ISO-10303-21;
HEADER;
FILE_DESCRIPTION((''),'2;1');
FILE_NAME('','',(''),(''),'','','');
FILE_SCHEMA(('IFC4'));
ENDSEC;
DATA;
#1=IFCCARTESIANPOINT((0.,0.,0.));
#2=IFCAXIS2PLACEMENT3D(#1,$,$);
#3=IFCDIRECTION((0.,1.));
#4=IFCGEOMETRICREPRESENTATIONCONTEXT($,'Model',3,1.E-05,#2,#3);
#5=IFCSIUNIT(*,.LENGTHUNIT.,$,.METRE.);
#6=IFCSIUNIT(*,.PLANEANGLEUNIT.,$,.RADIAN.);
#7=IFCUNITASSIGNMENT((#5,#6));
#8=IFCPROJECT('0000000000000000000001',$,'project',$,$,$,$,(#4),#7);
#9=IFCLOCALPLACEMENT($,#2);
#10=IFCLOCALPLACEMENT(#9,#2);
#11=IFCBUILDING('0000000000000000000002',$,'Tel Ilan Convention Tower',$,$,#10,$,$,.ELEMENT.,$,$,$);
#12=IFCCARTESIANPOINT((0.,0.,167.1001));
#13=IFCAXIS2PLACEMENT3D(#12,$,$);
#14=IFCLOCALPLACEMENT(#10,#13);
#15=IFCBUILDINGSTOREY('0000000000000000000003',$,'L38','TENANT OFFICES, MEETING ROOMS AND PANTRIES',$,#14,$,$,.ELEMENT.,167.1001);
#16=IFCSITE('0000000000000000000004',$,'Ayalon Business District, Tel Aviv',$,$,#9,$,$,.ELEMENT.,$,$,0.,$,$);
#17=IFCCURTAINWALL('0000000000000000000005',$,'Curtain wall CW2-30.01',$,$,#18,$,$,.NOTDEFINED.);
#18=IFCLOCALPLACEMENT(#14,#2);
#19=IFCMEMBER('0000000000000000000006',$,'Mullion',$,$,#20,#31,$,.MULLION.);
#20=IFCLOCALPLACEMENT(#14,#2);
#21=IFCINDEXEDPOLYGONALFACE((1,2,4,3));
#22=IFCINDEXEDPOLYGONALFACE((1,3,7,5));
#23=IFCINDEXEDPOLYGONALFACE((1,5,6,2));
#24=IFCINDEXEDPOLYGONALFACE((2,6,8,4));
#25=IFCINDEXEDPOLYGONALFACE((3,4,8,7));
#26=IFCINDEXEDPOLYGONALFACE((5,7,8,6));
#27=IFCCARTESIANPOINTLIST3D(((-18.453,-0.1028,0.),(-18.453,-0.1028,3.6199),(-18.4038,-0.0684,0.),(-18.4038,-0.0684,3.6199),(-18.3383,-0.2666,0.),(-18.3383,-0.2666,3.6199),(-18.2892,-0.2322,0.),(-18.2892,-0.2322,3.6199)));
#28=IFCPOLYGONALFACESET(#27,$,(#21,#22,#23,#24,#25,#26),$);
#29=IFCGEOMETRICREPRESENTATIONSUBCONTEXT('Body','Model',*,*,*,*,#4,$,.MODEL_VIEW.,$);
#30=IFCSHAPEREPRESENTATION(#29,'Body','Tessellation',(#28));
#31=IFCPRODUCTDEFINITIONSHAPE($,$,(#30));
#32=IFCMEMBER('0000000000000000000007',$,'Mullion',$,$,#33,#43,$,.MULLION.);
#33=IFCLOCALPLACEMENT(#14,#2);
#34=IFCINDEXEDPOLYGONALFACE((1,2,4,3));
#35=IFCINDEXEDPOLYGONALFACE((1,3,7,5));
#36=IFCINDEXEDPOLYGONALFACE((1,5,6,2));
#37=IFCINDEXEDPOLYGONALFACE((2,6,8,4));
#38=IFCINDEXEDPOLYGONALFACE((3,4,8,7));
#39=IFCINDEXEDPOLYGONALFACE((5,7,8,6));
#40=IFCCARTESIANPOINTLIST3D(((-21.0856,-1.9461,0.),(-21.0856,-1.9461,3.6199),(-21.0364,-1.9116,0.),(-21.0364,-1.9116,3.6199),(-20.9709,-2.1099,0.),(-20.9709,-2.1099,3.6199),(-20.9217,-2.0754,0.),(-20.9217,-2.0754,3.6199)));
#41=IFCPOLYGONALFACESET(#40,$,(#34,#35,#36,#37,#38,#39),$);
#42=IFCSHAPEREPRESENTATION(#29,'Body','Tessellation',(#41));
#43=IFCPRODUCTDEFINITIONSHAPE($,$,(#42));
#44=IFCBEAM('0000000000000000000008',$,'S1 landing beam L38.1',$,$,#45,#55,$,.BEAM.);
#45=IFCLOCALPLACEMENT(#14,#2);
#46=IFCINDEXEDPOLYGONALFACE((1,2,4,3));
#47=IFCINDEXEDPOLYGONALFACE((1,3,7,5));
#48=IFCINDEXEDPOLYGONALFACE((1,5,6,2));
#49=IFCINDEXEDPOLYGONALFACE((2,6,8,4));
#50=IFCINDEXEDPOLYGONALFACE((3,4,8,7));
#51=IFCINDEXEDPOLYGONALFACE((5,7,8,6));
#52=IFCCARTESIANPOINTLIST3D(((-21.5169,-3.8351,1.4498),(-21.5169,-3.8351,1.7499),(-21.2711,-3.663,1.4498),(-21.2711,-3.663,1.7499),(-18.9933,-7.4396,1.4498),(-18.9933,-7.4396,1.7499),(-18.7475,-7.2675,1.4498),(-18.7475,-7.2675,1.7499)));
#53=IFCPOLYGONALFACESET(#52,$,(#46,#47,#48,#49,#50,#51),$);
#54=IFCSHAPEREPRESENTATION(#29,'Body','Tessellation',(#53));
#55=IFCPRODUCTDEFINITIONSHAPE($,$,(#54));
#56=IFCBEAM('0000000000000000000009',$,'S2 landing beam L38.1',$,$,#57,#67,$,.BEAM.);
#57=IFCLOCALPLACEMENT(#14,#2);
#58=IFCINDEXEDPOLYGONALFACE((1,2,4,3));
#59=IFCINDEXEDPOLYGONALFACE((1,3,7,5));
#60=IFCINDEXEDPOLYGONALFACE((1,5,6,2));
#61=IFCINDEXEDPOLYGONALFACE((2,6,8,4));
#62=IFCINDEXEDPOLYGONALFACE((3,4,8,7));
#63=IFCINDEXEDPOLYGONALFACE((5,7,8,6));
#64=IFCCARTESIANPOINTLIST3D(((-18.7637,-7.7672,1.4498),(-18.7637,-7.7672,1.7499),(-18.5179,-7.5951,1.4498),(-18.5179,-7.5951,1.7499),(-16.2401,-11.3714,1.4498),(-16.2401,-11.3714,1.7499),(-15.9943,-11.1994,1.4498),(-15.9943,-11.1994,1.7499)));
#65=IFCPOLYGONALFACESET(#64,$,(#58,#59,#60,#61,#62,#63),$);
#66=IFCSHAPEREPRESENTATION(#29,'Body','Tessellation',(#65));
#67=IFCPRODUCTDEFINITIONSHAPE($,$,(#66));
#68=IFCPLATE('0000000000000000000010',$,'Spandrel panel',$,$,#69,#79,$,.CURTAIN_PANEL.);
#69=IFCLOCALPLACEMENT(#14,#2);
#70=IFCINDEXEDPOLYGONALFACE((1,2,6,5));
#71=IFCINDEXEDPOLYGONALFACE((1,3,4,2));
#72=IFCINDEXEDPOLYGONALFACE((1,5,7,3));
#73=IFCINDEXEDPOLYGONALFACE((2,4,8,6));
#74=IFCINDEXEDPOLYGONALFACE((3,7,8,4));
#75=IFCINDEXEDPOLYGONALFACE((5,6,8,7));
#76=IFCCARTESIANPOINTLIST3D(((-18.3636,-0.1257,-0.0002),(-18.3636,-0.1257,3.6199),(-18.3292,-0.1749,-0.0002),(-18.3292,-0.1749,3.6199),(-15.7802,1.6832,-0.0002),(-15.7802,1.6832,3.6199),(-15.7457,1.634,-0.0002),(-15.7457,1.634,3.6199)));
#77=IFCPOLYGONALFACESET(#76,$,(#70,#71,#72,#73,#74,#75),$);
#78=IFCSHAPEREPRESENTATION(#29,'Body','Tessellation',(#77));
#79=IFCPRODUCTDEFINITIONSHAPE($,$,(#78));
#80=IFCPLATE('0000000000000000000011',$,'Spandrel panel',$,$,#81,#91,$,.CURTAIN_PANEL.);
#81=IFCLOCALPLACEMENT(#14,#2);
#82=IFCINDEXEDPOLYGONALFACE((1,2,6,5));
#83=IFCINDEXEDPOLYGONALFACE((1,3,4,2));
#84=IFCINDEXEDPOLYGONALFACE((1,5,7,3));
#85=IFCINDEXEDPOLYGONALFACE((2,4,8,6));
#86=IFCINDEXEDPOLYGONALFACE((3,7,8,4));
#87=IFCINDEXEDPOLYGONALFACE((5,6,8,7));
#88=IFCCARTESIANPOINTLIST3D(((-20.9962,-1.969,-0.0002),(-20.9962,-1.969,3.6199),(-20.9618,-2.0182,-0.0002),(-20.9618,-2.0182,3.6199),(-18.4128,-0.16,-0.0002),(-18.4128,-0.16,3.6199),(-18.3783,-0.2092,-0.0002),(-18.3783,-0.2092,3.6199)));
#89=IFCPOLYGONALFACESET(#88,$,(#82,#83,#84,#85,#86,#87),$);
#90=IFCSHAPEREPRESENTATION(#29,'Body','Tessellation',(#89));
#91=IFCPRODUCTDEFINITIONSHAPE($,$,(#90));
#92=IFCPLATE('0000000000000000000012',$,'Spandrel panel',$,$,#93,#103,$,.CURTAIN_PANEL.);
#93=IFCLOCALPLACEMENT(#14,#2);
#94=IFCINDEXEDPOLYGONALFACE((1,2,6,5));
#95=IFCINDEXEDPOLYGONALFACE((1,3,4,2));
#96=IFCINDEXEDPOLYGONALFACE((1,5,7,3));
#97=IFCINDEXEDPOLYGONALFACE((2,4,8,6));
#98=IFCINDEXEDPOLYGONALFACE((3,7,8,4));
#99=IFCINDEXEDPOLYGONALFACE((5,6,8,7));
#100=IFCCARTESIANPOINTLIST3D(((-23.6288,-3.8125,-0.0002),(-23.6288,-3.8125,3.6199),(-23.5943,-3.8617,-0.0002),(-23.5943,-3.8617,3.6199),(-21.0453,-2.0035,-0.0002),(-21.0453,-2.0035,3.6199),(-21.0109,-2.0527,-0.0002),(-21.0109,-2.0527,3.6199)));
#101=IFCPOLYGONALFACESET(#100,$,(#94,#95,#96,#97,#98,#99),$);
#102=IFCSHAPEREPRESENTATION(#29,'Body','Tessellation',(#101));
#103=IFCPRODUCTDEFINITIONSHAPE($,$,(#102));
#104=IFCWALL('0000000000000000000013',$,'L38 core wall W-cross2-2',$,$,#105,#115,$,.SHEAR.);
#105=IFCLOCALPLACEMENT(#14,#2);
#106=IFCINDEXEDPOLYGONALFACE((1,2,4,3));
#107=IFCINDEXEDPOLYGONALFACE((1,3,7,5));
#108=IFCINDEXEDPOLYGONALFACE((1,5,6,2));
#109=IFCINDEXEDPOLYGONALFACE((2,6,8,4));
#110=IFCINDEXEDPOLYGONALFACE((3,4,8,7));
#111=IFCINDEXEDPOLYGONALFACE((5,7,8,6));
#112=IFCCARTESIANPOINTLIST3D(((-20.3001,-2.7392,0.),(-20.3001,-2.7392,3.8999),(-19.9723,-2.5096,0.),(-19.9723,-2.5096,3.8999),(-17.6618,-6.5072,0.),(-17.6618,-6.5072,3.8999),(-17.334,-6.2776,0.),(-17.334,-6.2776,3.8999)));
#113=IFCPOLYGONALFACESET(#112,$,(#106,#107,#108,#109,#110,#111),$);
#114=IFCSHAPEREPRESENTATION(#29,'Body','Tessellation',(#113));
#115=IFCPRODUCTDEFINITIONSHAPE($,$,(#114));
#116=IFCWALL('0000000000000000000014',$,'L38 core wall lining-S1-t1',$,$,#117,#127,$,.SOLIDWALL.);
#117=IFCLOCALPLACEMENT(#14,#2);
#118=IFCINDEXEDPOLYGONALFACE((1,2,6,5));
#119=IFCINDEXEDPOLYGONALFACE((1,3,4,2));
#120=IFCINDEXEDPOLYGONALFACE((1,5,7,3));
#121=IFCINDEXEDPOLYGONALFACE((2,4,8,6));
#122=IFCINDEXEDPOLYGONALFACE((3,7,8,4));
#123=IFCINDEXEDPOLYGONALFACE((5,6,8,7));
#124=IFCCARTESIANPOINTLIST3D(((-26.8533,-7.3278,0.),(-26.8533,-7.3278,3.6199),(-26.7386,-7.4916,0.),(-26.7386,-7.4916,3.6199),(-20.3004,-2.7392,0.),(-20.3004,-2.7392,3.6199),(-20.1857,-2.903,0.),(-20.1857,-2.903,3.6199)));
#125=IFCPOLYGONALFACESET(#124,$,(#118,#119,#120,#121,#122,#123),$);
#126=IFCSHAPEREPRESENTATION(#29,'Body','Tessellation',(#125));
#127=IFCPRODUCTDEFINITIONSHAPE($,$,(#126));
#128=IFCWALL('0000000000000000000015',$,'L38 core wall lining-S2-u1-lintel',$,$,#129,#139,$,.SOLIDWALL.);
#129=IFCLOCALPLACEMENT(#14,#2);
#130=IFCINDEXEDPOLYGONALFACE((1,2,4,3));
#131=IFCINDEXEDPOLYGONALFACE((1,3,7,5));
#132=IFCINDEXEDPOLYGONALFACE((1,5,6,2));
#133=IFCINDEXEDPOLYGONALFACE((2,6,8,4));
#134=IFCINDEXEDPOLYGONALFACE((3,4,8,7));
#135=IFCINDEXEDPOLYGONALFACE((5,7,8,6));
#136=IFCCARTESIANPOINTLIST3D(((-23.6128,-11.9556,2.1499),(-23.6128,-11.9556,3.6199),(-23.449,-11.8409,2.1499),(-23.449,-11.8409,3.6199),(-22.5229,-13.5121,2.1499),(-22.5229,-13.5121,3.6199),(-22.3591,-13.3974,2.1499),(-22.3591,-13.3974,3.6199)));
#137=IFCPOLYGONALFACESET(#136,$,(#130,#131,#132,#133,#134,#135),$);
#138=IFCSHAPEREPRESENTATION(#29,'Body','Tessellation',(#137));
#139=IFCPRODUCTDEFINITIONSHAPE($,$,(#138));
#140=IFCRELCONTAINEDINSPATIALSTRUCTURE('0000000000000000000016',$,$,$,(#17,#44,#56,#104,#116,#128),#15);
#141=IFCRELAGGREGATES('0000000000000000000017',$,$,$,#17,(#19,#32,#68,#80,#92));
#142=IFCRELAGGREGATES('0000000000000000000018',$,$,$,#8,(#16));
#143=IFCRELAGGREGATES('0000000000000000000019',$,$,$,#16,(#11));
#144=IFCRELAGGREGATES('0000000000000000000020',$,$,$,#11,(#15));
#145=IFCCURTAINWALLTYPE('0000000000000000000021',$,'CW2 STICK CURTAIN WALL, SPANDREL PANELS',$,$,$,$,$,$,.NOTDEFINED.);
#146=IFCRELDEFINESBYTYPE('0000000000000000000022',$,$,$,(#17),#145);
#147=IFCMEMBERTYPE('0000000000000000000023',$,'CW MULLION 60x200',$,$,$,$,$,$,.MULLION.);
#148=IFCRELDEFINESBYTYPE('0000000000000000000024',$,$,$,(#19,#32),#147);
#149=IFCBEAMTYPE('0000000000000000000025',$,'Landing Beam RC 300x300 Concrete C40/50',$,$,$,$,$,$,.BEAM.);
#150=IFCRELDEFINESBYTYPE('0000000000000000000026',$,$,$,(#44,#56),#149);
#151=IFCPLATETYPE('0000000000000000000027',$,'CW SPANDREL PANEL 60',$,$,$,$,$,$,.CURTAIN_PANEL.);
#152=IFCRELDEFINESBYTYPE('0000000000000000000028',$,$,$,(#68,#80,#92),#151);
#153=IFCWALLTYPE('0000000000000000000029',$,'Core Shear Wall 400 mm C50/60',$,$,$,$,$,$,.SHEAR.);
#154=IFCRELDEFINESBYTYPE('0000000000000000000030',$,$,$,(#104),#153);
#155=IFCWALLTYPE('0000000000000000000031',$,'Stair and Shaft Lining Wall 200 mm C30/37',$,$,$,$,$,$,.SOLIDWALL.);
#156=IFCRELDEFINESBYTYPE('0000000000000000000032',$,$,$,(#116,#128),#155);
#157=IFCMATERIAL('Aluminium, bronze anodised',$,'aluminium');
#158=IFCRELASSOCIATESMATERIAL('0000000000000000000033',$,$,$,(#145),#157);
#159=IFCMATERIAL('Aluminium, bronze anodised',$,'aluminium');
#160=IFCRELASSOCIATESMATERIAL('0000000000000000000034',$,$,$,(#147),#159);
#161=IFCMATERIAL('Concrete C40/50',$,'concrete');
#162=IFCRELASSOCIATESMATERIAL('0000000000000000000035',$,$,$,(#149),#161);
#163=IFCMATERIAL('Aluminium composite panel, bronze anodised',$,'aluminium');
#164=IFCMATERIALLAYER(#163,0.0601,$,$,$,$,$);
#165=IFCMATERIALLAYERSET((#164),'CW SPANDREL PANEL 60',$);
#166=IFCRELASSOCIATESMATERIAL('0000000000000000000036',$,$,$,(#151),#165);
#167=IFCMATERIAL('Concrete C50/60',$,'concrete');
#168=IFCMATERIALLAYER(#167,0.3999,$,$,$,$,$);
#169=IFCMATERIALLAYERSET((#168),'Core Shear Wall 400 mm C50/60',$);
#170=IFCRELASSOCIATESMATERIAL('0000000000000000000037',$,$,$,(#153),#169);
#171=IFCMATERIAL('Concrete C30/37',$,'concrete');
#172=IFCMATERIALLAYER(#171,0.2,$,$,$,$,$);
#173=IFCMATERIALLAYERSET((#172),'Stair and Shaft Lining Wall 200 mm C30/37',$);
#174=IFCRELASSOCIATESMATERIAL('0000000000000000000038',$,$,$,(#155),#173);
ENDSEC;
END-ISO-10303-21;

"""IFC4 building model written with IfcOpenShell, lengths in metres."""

from ifc_helpers import new_model, si_unit, direction, frame, frame_2d, origin, origin_2d, place, context, subcontext, project, spatial, polyline, rectangle, outline, extrude, material, layer, layer_set, material_profile, profile_set, type_object, element, aggregate, save


model = new_model("IFC4")

# Units and contexts
model_context = context("Model", 3, precision=1e-05, world=origin(), true_north=direction((0.0, 1.0)))
body_context = subcontext(model_context, "Body", "Model", "MODEL_VIEW")
ifc_project = project(units=[si_unit("LENGTHUNIT", "METRE"), si_unit("PLANEANGLEUNIT", "RADIAN")], contexts=[model_context])

# Site, building, storey
site_placement = place(None, origin())
site = spatial("IfcSite", under=ifc_project, at=site_placement, Name="Ayalon Business District, Tel Aviv", CompositionType="ELEMENT", RefElevation=0.0)
building_placement = place(site_placement, origin())
building = spatial("IfcBuilding", under=site, at=building_placement, Name="Tel Ilan Convention Tower", CompositionType="ELEMENT")
storey_placement = place(building_placement, frame((0.0, 0.0, 167.1001)))
storey = spatial("IfcBuildingStorey", under=building, at=storey_placement, Name="L38", Description="TENANT OFFICES, MEETING ROOMS AND PANTRIES", CompositionType="ELEMENT", Elevation=167.1001)

# Curtain wall, members
ifc_material_1 = material(Name="Aluminium, bronze anodised", Category="aluminium")
curtain_wall_type = type_object("IfcCurtainWallType", Name="CW2 STICK CURTAIN WALL, SPANDREL PANELS", PredefinedType="NOTDEFINED", material=ifc_material_1)
curtain_wall_placement = place(storey_placement, origin())
curtain_wall = element("IfcCurtainWall", 1, at=curtain_wall_placement, inside=storey, type_object=curtain_wall_type, Name="Curtain wall CW2-30.01", PredefinedType="NOTDEFINED")
ifc_material_2 = material(Name="Aluminium, bronze anodised", Category="aluminium")
ifc_material_profile_1 = material_profile(ifc_material_2, rectangle(XDim=0.0601, YDim=0.2, at=origin_2d()), Name="CW MULLION 60x200")
ifc_profile_set_1 = profile_set([ifc_material_profile_1], Name="Aluminium, bronze anodised")
member_type = type_object("IfcMemberType", Name="CW MULLION 60x200", PredefinedType="MULLION", material=ifc_profile_set_1)
member_1_placement = place(storey_placement, frame((-18.3711, -0.1675, 0.0), z_axis=(0.0, 0.0, 1.0), x_axis=(-0.819152, -0.573576, 0.0)))
member_1 = element("IfcMember", 2, at=member_1_placement, type_object=member_type, Name="Mullion", PredefinedType="MULLION", context=body_context, shape_type="SweptSolid", body=[
    extrude(rectangle(XDim=0.0601, YDim=0.2, at=origin_2d()), origin(), (0.0, 0.0, 1.0), 3.6199),
])
member_2_placement = place(storey_placement, frame((-21.0037, -2.0107, 0.0), z_axis=(0.0, 0.0, 1.0), x_axis=(-0.819152, -0.573576, 0.0)))
member_2 = element("IfcMember", 3, at=member_2_placement, type_object=member_type, Name="Mullion", PredefinedType="MULLION", context=body_context, shape_type="SweptSolid", body=[
    extrude(rectangle(XDim=0.0601, YDim=0.2, at=origin_2d()), origin(), (0.0, 0.0, 1.0), 3.6199),
])

# Beams
ifc_material_3 = material(Name="Concrete C40/50", Category="concrete")
ifc_material_profile_2 = material_profile(ifc_material_3, rectangle(XDim=0.3, YDim=0.3, at=origin_2d()), Name="RC 300x300")
ifc_profile_set_2 = profile_set([ifc_material_profile_2], Name="Concrete C40/50")
beam_type = type_object("IfcBeamType", Name="Landing Beam RC 300x300 Concrete C40/50", PredefinedType="BEAM", material=ifc_profile_set_2)
beam_1_placement = place(storey_placement, frame((-18.8704, -7.3535, 1.5999), z_axis=(-0.573544, 0.819175, 0.0), x_axis=(-0.819175, -0.573544, 0.0)))
element("IfcBeam", 4, at=beam_1_placement, inside=storey, type_object=beam_type, Name="S1 landing beam L38.1", PredefinedType="BEAM", context=body_context, shape_type="SweptSolid", body=[
    extrude(rectangle(XDim=0.3, YDim=0.3, at=origin_2d()), origin(), (0.0, 0.0, 1.0), 4.4001),
])
beam_2_placement = place(storey_placement, frame((-16.1172, -11.2854, 1.5999), z_axis=(-0.57357, 0.819156, 0.0), x_axis=(-0.819156, -0.57357, 0.0)))
element("IfcBeam", 5, at=beam_2_placement, inside=storey, type_object=beam_type, Name="S2 landing beam L38.1", PredefinedType="BEAM", context=body_context, shape_type="SweptSolid", body=[
    extrude(rectangle(XDim=0.3, YDim=0.3, at=origin_2d()), origin(), (0.0, 0.0, 1.0), 4.3999),
])

# Plates
ifc_material_4 = material(Name="Aluminium composite panel, bronze anodised", Category="aluminium")
ifc_layer_1 = layer(ifc_material_4, 0.0601)
ifc_layer_set_1 = layer_set([ifc_layer_1], Name="CW SPANDREL PANEL 60")
plate_type = type_object("IfcPlateType", Name="CW SPANDREL PANEL 60", PredefinedType="CURTAIN_PANEL", material=ifc_layer_set_1)
plate_1_placement = place(storey_placement, frame((-17.0547, 0.7542, -0.0002), z_axis=(0.0, 0.0, 1.0), x_axis=(-0.819152, -0.573576, 0.0)))
plate_1 = element("IfcPlate", 6, at=plate_1_placement, type_object=plate_type, Name="Spandrel panel", PredefinedType="CURTAIN_PANEL", context=body_context, shape_type="SweptSolid", body=[
    extrude(rectangle(XDim=3.1538, YDim=0.0601, at=origin_2d()), origin(), (0.0, 0.0, 1.0), 3.6201),
])
plate_2_placement = place(storey_placement, frame((-19.6873, -1.0891, -0.0002), z_axis=(0.0, 0.0, 1.0), x_axis=(-0.819152, -0.573576, 0.0)))
plate_2 = element("IfcPlate", 7, at=plate_2_placement, type_object=plate_type, Name="Spandrel panel", PredefinedType="CURTAIN_PANEL", context=body_context, shape_type="SweptSolid", body=[
    extrude(rectangle(XDim=3.1538, YDim=0.0601, at=origin_2d()), origin(), (0.0, 0.0, 1.0), 3.6201),
])
plate_3_placement = place(storey_placement, frame((-22.3198, -2.9326, -0.0002), z_axis=(0.0, 0.0, 1.0), x_axis=(-0.819152, -0.573576, 0.0)))
plate_3 = element("IfcPlate", 8, at=plate_3_placement, type_object=plate_type, Name="Spandrel panel", PredefinedType="CURTAIN_PANEL", context=body_context, shape_type="SweptSolid", body=[
    extrude(rectangle(XDim=3.1538, YDim=0.0601, at=origin_2d()), origin(), (0.0, 0.0, 1.0), 3.6201),
])
aggregate(curtain_wall, [member_1, member_2, plate_1, plate_2, plate_3])

# Walls
ifc_material_5 = material(Name="Concrete C50/60", Category="concrete")
ifc_layer_2 = layer(ifc_material_5, 0.3999)
ifc_layer_set_2 = layer_set([ifc_layer_2], Name="Core Shear Wall 400 mm C50/60")
wall_type_1 = type_object("IfcWallType", Name="Core Shear Wall 400 mm C50/60", PredefinedType="SHEAR", material=ifc_layer_set_2)
wall_1_placement = place(storey_placement, frame((-17.4978, -6.3923, 0.0), z_axis=(0.0, 0.0, 1.0), x_axis=(-0.573612, 0.819127, 0.0)))
element("IfcWall", 9, at=wall_1_placement, inside=storey, type_object=wall_type_1, Name="L38 core wall W-cross2-2", PredefinedType="SHEAR", context=body_context, shape_type="SweptSolid", body=[
    extrude(outline(polyline([(4.5999, -0.2002), (4.5999, 0.2), (0.0, 0.2002), (0.0, -0.2), (4.5999, -0.2002)])), origin(), (0.0, 0.0, 1.0), 3.8999),
])
ifc_material_6 = material(Name="Concrete C30/37", Category="concrete")
ifc_layer_3 = layer(ifc_material_6, 0.2)
ifc_layer_set_3 = layer_set([ifc_layer_3], Name="Stair and Shaft Lining Wall 200 mm C30/37")
wall_type_2 = type_object("IfcWallType", Name="Stair and Shaft Lining Wall 200 mm C30/37", PredefinedType="SOLIDWALL", material=ifc_layer_set_3)
wall_2_placement = place(storey_placement, frame((-20.2429, -2.821, 0.0), z_axis=(0.0, 0.0, 1.0), x_axis=(-0.819142, -0.573591, 0.0)))
element("IfcWall", 10, at=wall_2_placement, inside=storey, type_object=wall_type_2, Name="L38 core wall lining-S1-t1", PredefinedType="SOLIDWALL", context=body_context, shape_type="SweptSolid", body=[
    extrude(rectangle(XDim=7.9998, YDim=0.2, at=frame_2d((4.0, 0.0))), origin(), (0.0, 0.0, 1.0), 3.6199),
])
wall_3_placement = place(storey_placement, frame((-22.4409, -13.4548, 2.1499), z_axis=(0.0, 0.0, 1.0), x_axis=(-0.573592, 0.819141, 0.0)))
element("IfcWall", 11, at=wall_3_placement, inside=storey, type_object=wall_type_2, Name="L38 core wall lining-S2-u1-lintel", PredefinedType="SOLIDWALL", context=body_context, shape_type="SweptSolid", body=[
    extrude(rectangle(XDim=1.9001, YDim=0.2, at=frame_2d((0.9502, 0.0))), origin(), (0.0, 0.0, 1.0), 1.47),
])

save(model, "model.ifc")
